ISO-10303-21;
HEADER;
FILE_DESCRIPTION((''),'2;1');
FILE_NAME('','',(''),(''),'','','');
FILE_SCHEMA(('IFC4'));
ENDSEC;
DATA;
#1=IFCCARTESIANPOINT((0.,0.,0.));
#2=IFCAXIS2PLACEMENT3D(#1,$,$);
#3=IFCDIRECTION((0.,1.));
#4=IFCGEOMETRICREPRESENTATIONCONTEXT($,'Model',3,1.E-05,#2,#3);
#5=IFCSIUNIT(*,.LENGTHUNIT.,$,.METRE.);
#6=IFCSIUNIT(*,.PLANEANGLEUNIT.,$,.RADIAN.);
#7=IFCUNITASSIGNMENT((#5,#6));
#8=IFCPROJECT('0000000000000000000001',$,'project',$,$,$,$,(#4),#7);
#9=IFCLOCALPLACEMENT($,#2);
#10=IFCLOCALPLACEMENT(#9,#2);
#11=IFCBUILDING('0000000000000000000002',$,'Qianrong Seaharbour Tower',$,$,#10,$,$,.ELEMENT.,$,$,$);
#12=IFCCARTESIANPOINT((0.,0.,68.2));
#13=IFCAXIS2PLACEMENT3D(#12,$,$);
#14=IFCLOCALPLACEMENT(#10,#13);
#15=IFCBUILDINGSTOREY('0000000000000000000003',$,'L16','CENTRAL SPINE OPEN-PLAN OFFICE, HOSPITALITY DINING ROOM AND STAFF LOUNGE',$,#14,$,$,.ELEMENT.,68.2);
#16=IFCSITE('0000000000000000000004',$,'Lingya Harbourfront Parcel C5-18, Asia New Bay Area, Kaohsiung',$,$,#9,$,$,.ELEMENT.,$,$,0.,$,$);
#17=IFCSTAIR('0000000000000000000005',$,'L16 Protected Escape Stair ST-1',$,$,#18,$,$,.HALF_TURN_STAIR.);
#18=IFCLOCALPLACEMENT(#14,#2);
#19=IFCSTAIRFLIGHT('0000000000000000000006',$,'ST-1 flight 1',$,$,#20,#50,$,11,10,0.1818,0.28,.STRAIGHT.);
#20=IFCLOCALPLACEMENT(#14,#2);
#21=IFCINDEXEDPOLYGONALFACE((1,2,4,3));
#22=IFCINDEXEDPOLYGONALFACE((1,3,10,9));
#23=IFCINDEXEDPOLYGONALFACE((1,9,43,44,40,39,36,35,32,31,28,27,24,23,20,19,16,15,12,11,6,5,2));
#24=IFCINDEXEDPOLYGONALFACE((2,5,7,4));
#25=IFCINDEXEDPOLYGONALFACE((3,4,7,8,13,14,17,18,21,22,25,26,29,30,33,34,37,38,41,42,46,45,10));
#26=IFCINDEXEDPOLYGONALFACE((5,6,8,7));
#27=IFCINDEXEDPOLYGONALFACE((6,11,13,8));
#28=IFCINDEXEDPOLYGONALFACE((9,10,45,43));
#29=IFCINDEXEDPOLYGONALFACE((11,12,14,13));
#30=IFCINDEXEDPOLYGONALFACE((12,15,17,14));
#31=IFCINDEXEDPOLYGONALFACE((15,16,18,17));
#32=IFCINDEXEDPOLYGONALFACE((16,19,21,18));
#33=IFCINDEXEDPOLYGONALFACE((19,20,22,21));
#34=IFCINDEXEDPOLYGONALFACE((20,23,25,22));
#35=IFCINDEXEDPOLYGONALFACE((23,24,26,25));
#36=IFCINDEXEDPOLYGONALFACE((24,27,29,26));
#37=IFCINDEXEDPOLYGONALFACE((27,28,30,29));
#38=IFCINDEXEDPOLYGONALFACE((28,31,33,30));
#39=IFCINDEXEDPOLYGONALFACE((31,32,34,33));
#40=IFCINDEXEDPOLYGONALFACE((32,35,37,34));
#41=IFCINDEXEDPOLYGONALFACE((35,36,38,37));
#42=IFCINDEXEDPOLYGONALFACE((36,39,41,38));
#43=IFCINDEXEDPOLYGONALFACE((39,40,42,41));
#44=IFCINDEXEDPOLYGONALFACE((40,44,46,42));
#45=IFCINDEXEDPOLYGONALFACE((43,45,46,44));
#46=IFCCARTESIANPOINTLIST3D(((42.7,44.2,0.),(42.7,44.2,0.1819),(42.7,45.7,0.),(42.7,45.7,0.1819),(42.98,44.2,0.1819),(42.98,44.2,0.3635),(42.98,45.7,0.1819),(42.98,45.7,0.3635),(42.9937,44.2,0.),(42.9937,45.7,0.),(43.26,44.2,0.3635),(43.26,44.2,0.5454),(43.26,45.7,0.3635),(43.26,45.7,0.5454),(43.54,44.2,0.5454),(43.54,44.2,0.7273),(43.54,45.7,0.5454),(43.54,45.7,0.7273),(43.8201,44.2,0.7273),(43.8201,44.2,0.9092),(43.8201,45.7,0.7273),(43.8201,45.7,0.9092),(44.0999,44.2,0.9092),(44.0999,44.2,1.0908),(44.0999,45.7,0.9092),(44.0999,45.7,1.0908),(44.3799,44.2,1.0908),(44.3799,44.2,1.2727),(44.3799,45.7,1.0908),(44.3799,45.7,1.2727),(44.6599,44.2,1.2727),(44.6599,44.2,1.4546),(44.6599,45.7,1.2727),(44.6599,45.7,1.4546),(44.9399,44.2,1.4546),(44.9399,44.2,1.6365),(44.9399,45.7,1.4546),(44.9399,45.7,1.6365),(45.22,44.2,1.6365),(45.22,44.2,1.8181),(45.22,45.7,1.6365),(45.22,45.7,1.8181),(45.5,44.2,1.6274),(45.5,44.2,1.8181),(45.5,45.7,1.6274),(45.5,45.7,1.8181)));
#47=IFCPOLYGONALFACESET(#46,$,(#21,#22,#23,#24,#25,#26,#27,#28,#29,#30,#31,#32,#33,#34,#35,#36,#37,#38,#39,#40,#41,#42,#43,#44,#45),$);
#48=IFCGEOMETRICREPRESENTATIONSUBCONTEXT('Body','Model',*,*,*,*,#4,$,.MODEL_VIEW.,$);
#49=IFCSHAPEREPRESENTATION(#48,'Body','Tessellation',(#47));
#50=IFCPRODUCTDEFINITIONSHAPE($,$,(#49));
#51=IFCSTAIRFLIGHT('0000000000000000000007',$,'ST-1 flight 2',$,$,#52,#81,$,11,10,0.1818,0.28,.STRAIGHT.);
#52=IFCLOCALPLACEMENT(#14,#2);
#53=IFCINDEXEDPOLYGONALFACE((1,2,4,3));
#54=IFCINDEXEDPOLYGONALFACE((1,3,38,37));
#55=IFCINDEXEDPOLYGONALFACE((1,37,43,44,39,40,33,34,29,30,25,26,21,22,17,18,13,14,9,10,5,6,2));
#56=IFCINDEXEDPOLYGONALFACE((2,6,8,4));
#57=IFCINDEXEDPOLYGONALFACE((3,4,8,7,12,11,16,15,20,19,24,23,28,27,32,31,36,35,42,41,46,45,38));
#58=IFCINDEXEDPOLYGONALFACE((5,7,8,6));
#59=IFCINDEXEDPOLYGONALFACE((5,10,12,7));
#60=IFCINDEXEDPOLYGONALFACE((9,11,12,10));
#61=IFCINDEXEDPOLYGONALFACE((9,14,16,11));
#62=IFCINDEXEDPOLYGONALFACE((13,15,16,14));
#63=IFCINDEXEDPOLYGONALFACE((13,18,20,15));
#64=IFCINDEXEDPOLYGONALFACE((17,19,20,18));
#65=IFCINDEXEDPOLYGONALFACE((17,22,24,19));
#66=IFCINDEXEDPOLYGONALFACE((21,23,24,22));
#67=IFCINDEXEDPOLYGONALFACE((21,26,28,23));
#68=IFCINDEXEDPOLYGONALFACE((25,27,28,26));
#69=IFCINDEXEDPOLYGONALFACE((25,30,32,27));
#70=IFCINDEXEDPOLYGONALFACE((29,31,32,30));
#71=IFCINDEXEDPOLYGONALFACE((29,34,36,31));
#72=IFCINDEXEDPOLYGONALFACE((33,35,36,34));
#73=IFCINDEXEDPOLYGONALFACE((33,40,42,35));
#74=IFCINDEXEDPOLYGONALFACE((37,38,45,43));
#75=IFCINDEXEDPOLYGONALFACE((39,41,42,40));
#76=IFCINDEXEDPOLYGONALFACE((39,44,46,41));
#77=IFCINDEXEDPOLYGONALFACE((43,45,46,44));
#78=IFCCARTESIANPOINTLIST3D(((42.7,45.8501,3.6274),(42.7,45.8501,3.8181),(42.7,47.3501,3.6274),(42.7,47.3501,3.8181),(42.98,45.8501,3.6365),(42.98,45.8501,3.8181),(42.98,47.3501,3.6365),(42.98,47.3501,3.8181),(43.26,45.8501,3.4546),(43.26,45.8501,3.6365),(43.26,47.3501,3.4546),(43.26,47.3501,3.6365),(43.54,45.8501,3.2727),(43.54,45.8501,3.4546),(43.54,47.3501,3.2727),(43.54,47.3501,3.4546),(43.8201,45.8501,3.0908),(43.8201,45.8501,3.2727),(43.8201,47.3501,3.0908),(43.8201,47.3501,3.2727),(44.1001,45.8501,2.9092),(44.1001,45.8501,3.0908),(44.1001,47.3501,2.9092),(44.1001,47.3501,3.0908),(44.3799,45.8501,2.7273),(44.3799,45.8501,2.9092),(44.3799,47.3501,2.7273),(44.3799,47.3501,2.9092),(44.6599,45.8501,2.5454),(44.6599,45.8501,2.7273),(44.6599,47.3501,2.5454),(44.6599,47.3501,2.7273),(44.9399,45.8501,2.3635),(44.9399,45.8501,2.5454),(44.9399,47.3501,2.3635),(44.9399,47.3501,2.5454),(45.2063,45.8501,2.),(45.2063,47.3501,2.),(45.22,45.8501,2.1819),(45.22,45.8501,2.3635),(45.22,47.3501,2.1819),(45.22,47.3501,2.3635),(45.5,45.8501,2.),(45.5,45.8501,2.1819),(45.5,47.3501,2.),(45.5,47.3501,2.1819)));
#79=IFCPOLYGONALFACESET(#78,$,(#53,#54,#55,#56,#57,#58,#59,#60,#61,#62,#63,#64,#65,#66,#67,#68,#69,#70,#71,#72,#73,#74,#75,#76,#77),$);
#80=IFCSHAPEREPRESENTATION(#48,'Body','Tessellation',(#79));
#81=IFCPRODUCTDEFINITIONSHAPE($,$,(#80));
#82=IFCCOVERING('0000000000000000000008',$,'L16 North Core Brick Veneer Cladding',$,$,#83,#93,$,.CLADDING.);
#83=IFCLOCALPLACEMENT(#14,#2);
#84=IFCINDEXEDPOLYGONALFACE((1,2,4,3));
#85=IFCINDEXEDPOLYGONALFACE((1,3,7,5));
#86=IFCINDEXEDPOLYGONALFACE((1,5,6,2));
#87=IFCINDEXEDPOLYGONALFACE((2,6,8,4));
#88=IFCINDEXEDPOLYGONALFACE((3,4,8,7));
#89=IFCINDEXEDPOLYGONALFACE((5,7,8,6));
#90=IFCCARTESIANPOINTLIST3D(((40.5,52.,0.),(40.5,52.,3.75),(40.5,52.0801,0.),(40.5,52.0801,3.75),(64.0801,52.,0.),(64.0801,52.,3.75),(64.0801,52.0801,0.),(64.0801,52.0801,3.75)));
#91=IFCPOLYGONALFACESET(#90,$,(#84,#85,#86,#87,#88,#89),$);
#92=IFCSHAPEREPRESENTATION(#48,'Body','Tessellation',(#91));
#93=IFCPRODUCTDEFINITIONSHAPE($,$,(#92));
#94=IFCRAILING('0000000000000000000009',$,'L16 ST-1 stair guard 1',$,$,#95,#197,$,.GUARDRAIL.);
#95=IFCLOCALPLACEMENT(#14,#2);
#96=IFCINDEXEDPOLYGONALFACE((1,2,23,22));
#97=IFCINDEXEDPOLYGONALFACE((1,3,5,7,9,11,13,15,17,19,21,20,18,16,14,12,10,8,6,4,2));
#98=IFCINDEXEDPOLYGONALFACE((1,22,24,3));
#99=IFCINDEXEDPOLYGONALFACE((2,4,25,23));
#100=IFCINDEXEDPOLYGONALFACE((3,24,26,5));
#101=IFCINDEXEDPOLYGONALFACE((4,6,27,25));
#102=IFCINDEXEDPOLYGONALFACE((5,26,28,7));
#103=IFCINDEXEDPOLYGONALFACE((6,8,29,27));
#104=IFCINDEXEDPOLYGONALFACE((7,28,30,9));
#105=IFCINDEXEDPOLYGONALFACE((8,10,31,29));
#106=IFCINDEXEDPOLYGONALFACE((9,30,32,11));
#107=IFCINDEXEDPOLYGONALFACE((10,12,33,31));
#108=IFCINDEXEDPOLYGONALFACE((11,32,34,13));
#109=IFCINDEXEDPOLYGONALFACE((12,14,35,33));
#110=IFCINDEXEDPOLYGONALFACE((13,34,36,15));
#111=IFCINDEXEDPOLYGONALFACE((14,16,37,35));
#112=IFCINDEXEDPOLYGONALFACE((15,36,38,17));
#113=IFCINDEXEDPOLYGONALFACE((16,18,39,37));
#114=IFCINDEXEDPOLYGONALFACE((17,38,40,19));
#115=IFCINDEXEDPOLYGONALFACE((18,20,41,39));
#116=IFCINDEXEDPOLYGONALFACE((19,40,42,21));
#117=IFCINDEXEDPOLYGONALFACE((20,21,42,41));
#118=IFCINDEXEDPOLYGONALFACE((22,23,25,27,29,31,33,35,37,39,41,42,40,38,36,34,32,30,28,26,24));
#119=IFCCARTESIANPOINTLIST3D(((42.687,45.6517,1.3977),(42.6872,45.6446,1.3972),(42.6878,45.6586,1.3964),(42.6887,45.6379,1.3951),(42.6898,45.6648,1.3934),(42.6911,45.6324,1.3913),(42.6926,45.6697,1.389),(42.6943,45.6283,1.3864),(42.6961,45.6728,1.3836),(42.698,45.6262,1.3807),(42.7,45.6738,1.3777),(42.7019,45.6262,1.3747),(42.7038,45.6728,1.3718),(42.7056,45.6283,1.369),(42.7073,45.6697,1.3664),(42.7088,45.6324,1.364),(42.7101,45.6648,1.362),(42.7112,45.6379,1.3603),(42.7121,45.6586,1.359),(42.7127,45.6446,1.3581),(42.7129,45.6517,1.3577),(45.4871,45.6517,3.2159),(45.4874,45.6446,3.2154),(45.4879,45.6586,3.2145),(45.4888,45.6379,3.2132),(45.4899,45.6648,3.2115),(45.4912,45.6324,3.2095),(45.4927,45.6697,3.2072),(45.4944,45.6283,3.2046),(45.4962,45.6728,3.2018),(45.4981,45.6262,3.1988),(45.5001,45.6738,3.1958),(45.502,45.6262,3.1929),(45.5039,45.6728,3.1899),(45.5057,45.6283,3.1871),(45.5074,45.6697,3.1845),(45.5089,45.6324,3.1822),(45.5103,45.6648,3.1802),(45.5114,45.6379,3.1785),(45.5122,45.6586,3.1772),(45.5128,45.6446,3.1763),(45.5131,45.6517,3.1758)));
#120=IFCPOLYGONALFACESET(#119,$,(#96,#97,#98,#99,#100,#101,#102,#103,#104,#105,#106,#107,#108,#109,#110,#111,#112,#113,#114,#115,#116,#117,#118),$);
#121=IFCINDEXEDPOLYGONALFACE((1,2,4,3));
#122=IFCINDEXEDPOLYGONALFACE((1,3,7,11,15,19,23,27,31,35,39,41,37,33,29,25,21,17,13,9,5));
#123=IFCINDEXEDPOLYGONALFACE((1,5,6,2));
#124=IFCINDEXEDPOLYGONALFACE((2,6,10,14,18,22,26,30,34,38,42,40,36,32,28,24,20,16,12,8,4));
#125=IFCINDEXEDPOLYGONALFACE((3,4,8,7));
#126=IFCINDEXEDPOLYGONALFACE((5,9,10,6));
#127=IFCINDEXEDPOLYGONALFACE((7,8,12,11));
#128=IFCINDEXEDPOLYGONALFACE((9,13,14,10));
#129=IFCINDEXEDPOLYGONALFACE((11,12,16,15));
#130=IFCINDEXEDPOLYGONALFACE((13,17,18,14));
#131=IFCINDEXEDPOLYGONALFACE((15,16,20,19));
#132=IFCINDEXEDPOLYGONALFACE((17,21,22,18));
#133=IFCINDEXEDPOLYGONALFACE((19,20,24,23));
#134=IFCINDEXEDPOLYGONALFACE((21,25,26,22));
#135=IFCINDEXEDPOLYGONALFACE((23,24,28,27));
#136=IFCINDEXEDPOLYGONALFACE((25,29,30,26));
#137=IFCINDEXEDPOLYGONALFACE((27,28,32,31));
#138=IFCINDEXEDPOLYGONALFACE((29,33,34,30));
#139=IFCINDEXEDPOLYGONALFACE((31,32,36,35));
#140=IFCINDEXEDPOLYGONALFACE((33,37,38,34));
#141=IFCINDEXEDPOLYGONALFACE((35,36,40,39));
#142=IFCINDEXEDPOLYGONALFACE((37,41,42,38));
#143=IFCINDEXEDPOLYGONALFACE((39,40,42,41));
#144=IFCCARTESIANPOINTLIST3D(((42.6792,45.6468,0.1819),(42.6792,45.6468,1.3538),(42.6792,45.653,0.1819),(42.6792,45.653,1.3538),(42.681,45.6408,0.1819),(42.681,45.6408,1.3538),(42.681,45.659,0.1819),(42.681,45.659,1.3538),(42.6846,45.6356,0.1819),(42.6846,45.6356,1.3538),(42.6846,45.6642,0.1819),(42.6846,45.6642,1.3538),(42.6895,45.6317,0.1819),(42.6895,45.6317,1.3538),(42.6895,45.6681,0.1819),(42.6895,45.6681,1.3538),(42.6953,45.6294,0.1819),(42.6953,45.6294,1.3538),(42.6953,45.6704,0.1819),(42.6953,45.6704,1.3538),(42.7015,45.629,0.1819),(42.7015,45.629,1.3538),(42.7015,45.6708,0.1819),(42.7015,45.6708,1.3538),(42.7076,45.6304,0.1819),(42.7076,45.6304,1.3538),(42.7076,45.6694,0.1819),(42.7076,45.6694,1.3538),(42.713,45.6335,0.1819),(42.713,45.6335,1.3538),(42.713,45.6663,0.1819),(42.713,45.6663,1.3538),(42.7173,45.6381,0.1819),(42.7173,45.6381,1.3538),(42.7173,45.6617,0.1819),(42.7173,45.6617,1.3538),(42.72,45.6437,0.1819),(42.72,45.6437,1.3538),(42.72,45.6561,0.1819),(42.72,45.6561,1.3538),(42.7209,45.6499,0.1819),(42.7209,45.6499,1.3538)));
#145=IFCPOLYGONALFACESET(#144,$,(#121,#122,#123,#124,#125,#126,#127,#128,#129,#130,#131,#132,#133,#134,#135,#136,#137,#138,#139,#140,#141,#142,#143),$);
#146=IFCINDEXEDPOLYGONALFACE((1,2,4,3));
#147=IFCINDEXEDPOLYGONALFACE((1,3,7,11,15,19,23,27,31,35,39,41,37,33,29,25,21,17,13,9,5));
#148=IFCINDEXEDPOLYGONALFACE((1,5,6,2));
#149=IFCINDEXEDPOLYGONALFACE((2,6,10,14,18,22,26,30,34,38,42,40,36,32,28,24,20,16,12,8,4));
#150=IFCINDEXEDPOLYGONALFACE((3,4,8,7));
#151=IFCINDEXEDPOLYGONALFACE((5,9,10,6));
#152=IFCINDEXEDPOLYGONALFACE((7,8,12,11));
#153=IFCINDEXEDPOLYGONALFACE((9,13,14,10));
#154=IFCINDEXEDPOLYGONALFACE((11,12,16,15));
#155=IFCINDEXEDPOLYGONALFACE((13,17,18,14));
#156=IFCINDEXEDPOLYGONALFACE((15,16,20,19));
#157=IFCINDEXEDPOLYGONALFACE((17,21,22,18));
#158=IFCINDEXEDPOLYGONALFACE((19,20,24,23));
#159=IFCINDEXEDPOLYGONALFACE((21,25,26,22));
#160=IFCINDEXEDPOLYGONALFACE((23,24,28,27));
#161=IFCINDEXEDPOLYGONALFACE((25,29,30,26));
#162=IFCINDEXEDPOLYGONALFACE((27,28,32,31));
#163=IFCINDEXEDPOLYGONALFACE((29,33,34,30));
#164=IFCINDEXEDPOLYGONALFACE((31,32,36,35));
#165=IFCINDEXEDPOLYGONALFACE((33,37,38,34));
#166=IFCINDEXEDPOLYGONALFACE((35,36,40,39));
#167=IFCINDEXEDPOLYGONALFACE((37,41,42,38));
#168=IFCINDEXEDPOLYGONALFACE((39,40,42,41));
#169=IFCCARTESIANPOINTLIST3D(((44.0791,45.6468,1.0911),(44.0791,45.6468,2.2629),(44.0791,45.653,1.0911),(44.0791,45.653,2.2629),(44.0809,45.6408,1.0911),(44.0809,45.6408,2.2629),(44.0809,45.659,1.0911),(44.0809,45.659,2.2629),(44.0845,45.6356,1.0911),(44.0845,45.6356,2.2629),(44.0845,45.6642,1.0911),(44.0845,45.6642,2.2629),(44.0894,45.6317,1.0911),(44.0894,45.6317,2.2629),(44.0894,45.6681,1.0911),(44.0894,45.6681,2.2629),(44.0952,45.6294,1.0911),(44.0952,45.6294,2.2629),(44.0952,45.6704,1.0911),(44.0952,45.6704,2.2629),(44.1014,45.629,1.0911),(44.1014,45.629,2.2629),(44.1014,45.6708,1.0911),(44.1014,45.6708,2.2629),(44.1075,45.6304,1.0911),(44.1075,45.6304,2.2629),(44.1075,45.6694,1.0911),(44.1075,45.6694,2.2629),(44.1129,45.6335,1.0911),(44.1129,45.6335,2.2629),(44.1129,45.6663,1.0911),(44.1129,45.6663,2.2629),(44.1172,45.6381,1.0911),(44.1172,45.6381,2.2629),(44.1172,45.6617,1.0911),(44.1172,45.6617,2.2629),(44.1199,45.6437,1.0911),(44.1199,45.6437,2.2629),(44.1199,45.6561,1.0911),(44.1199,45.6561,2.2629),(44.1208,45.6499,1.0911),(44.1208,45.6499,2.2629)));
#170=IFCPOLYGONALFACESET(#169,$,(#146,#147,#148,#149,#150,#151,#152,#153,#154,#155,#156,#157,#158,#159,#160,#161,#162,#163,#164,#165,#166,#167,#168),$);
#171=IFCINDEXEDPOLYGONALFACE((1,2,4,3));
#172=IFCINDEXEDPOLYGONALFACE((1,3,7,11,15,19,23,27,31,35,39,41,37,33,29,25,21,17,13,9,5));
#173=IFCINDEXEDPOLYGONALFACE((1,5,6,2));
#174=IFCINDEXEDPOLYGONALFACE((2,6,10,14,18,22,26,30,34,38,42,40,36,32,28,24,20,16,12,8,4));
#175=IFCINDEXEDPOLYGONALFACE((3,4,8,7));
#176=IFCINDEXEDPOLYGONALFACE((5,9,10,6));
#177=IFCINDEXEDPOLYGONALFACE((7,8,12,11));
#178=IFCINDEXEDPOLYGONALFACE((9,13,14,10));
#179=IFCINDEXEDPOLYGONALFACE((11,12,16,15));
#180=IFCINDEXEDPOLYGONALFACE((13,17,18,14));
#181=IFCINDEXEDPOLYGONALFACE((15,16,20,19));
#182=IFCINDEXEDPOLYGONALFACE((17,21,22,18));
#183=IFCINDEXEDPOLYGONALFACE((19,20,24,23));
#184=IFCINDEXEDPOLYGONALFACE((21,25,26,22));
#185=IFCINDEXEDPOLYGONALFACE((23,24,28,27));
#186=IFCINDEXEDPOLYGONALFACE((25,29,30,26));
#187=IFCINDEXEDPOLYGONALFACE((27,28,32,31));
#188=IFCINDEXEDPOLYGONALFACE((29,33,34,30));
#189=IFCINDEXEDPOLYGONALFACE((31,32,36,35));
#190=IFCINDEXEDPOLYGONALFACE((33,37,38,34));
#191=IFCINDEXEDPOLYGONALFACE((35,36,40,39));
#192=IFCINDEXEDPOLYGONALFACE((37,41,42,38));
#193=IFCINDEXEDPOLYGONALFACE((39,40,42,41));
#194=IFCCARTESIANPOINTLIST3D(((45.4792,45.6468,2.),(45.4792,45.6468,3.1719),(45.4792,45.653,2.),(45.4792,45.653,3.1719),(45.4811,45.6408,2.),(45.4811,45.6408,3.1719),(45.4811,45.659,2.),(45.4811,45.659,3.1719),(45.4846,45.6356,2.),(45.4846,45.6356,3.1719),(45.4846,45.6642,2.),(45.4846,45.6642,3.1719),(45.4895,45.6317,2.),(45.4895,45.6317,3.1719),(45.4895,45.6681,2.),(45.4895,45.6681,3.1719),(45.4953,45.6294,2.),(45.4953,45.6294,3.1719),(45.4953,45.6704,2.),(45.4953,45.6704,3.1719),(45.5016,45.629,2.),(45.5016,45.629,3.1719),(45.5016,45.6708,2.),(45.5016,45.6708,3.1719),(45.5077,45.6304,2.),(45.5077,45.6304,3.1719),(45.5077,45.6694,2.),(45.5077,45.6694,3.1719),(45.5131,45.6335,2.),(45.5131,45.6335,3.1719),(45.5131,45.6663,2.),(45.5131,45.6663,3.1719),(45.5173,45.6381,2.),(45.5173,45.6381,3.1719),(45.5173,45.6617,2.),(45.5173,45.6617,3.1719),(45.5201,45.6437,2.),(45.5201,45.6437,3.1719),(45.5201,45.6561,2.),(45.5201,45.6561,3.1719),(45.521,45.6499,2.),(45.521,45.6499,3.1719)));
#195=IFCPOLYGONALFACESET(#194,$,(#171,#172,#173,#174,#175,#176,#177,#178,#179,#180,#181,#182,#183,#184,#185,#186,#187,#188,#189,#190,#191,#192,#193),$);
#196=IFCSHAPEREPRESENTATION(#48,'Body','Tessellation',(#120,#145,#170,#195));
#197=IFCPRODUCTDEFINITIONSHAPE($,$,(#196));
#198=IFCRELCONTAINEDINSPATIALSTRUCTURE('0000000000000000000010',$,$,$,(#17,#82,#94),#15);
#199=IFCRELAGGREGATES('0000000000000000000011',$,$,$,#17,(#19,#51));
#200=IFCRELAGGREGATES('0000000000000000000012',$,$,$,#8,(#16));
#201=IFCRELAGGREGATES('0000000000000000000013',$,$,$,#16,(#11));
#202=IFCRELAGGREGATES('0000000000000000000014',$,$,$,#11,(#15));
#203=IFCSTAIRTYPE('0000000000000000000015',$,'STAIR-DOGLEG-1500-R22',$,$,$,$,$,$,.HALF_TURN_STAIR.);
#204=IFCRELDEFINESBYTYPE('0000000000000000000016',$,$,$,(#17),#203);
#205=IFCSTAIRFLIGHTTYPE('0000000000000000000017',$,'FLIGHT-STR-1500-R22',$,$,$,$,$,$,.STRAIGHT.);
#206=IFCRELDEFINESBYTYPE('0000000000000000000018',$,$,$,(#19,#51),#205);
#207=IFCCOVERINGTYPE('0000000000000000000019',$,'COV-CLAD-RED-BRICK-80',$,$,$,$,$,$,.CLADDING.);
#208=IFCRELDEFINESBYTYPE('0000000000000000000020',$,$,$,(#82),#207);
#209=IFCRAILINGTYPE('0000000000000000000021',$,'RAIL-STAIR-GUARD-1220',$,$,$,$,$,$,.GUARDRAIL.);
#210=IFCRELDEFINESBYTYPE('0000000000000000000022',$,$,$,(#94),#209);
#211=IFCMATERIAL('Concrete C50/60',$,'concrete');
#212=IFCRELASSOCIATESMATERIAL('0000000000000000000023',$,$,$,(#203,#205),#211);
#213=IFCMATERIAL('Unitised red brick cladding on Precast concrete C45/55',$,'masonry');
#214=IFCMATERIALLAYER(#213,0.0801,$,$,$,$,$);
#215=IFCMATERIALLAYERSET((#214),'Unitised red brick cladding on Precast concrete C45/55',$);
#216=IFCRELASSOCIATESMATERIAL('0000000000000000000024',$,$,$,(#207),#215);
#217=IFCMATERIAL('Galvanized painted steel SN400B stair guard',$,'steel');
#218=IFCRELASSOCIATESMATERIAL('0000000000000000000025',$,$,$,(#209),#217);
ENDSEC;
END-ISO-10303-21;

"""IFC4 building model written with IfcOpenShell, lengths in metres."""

from ifc_helpers import new_model, si_unit, direction, frame, origin, origin_2d, place, context, subcontext, project, spatial, polyline, rectangle, circle, outline, extrude, material, layer, layer_set, type_object, element, aggregate, save


model = new_model("IFC4")

# Units and contexts
model_context = context("Model", 3, precision=1e-05, world=origin(), true_north=direction((0.0, 1.0)))
body_context = subcontext(model_context, "Body", "Model", "MODEL_VIEW")
ifc_project = project(units=[si_unit("LENGTHUNIT", "METRE"), si_unit("PLANEANGLEUNIT", "RADIAN")], contexts=[model_context])

# Site, building, storey
site_placement = place(None, origin())
site = spatial("IfcSite", under=ifc_project, at=site_placement, Name="Lingya Harbourfront Parcel C5-18, Asia New Bay Area, Kaohsiung", CompositionType="ELEMENT", RefElevation=0.0)
building_placement = place(site_placement, origin())
building = spatial("IfcBuilding", under=site, at=building_placement, Name="Qianrong Seaharbour Tower", CompositionType="ELEMENT")
storey_placement = place(building_placement, frame((0.0, 0.0, 68.2)))
storey = spatial("IfcBuildingStorey", under=building, at=storey_placement, Name="L16", Description="CENTRAL SPINE OPEN-PLAN OFFICE, HOSPITALITY DINING ROOM AND STAFF LOUNGE", CompositionType="ELEMENT", Elevation=68.2)

# Stair, stair flights
ifc_material_1 = material(Name="Concrete C50/60", Category="concrete")
stair_type = type_object("IfcStairType", Name="STAIR-DOGLEG-1500-R22", PredefinedType="HALF_TURN_STAIR", material=ifc_material_1)
stair_placement = place(storey_placement, origin())
stair = element("IfcStair", 1, at=stair_placement, inside=storey, type_object=stair_type, Name="L16 Protected Escape Stair ST-1", PredefinedType="HALF_TURN_STAIR")
stair_flight_type = type_object("IfcStairFlightType", Name="FLIGHT-STR-1500-R22", PredefinedType="STRAIGHT", material=ifc_material_1)
stair_flight_1_placement = place(storey_placement, frame((42.7, 44.95, 0.0), z_axis=(0.0, 0.0, 1.0), x_axis=(1.0, 0.0, 0.0)))
stair_flight_1 = element("IfcStairFlight", 2, at=stair_flight_1_placement, type_object=stair_flight_type, Name="ST-1 flight 1", NumberOfRisers=11, NumberOfTreads=10, PredefinedType="STRAIGHT", RiserHeight=0.1818, TreadLength=0.28, context=body_context, shape_type="SweptSolid", body=[
    extrude(outline(polyline([(0.0, 0.0), (0.0, 0.1819), (0.28, 0.1819), (0.28, 0.3635), (0.5601, 0.3635), (0.5601, 0.5454), (0.8401, 0.5454), (0.8401, 0.7273), (1.1201, 0.7273), (1.1201, 0.9092), (1.3999, 0.9092), (1.3999, 1.0908), (1.6799, 1.0908), (1.6799, 1.2727), (1.96, 1.2727), (1.96, 1.4546), (2.24, 1.4546), (2.24, 1.6365), (2.52, 1.6365), (2.52, 1.8181), (2.8, 1.8181), (2.8, 2.0), (2.8, 1.6274), (0.2937, 0.0), (0.0, 0.0)])), frame((0.0, 0.75, 0.0), z_axis=(0.0, -1.0, 0.0), x_axis=(1.0, 0.0, 0.0)), (0.0, 0.0, 1.0), 1.5),
])
stair_flight_2_placement = place(storey_placement, frame((45.5, 46.6001, 2.0), z_axis=(0.0, 0.0, 1.0), x_axis=(-1.0, 0.0, 0.0)))
stair_flight_2 = element("IfcStairFlight", 3, at=stair_flight_2_placement, type_object=stair_flight_type, Name="ST-1 flight 2", NumberOfRisers=11, NumberOfTreads=10, PredefinedType="STRAIGHT", RiserHeight=0.1818, TreadLength=0.28, context=body_context, shape_type="SweptSolid", body=[
    extrude(outline(polyline([(0.0, 0.0), (0.0, 0.1819), (0.28, 0.1819), (0.28, 0.3635), (0.5601, 0.3635), (0.5601, 0.5454), (0.8401, 0.5454), (0.8401, 0.7273), (1.1201, 0.7273), (1.1201, 0.9092), (1.3999, 0.9092), (1.3999, 1.0908), (1.6799, 1.0908), (1.6799, 1.2727), (1.96, 1.2727), (1.96, 1.4546), (2.24, 1.4546), (2.24, 1.6365), (2.52, 1.6365), (2.52, 1.8181), (2.8, 1.8181), (2.8, 2.0), (2.8, 1.6274), (0.2937, 0.0), (0.0, 0.0)])), frame((0.0, 0.75, 0.0), z_axis=(0.0, -1.0, 0.0), x_axis=(1.0, 0.0, 0.0)), (0.0, 0.0, 1.0), 1.5),
])
aggregate(stair, [stair_flight_1, stair_flight_2])

# Covering
ifc_material_2 = material(Name="Unitised red brick cladding on Precast concrete C45/55", Category="masonry")
ifc_layer_1 = layer(ifc_material_2, 0.0801)
ifc_layer_set_1 = layer_set([ifc_layer_1], Name="Unitised red brick cladding on Precast concrete C45/55")
covering_type = type_object("IfcCoveringType", Name="COV-CLAD-RED-BRICK-80", PredefinedType="CLADDING", material=ifc_layer_set_1)
covering_placement = place(storey_placement, frame((52.29, 52.04, 0.0), z_axis=(0.0, 0.0, 1.0), x_axis=(1.0, 0.0, 0.0)))
element("IfcCovering", 4, at=covering_placement, inside=storey, type_object=covering_type, Name="L16 North Core Brick Veneer Cladding", PredefinedType="CLADDING", context=body_context, shape_type="SweptSolid", body=[
    extrude(rectangle(XDim=23.5801, YDim=0.0801, at=origin_2d()), origin(), (0.0, 0.0, 1.0), 3.75),
])

# Railing
ifc_material_3 = material(Name="Galvanized painted steel SN400B stair guard", Category="steel")
railing_type_1 = type_object("IfcRailingType", Name="RAIL-STAIR-GUARD-1220", PredefinedType="GUARDRAIL", material=ifc_material_3)
railing_1_placement = place(storey_placement, frame((42.7, 45.6499, 0.1819)))
element("IfcRailing", 5, at=railing_1_placement, inside=storey, type_object=railing_type_1, Name="L16 ST-1 stair guard 1", PredefinedType="GUARDRAIL", context=body_context, shape_type="SweptSolid", body=[
    extrude(circle(Radius=0.0239, at=origin_2d()), frame((0.0, 0.0, 1.1958), z_axis=(0.838706, 0.0, 0.544585), x_axis=(0.0, 1.0, 0.0)), (0.0, 0.0, 1.0), 3.3386),
    extrude(circle(Radius=0.021, at=origin_2d()), origin(), (0.0, 0.0, 1.0), 1.1719),
    extrude(circle(Radius=0.021, at=origin_2d()), frame((1.3999, 0.0, 0.9092)), (0.0, 0.0, 1.0), 1.1719),
    extrude(circle(Radius=0.021, at=origin_2d()), frame((2.8, 0.0, 1.8181)), (0.0, 0.0, 1.0), 1.1719),
])

save(model, "model.ifc")
